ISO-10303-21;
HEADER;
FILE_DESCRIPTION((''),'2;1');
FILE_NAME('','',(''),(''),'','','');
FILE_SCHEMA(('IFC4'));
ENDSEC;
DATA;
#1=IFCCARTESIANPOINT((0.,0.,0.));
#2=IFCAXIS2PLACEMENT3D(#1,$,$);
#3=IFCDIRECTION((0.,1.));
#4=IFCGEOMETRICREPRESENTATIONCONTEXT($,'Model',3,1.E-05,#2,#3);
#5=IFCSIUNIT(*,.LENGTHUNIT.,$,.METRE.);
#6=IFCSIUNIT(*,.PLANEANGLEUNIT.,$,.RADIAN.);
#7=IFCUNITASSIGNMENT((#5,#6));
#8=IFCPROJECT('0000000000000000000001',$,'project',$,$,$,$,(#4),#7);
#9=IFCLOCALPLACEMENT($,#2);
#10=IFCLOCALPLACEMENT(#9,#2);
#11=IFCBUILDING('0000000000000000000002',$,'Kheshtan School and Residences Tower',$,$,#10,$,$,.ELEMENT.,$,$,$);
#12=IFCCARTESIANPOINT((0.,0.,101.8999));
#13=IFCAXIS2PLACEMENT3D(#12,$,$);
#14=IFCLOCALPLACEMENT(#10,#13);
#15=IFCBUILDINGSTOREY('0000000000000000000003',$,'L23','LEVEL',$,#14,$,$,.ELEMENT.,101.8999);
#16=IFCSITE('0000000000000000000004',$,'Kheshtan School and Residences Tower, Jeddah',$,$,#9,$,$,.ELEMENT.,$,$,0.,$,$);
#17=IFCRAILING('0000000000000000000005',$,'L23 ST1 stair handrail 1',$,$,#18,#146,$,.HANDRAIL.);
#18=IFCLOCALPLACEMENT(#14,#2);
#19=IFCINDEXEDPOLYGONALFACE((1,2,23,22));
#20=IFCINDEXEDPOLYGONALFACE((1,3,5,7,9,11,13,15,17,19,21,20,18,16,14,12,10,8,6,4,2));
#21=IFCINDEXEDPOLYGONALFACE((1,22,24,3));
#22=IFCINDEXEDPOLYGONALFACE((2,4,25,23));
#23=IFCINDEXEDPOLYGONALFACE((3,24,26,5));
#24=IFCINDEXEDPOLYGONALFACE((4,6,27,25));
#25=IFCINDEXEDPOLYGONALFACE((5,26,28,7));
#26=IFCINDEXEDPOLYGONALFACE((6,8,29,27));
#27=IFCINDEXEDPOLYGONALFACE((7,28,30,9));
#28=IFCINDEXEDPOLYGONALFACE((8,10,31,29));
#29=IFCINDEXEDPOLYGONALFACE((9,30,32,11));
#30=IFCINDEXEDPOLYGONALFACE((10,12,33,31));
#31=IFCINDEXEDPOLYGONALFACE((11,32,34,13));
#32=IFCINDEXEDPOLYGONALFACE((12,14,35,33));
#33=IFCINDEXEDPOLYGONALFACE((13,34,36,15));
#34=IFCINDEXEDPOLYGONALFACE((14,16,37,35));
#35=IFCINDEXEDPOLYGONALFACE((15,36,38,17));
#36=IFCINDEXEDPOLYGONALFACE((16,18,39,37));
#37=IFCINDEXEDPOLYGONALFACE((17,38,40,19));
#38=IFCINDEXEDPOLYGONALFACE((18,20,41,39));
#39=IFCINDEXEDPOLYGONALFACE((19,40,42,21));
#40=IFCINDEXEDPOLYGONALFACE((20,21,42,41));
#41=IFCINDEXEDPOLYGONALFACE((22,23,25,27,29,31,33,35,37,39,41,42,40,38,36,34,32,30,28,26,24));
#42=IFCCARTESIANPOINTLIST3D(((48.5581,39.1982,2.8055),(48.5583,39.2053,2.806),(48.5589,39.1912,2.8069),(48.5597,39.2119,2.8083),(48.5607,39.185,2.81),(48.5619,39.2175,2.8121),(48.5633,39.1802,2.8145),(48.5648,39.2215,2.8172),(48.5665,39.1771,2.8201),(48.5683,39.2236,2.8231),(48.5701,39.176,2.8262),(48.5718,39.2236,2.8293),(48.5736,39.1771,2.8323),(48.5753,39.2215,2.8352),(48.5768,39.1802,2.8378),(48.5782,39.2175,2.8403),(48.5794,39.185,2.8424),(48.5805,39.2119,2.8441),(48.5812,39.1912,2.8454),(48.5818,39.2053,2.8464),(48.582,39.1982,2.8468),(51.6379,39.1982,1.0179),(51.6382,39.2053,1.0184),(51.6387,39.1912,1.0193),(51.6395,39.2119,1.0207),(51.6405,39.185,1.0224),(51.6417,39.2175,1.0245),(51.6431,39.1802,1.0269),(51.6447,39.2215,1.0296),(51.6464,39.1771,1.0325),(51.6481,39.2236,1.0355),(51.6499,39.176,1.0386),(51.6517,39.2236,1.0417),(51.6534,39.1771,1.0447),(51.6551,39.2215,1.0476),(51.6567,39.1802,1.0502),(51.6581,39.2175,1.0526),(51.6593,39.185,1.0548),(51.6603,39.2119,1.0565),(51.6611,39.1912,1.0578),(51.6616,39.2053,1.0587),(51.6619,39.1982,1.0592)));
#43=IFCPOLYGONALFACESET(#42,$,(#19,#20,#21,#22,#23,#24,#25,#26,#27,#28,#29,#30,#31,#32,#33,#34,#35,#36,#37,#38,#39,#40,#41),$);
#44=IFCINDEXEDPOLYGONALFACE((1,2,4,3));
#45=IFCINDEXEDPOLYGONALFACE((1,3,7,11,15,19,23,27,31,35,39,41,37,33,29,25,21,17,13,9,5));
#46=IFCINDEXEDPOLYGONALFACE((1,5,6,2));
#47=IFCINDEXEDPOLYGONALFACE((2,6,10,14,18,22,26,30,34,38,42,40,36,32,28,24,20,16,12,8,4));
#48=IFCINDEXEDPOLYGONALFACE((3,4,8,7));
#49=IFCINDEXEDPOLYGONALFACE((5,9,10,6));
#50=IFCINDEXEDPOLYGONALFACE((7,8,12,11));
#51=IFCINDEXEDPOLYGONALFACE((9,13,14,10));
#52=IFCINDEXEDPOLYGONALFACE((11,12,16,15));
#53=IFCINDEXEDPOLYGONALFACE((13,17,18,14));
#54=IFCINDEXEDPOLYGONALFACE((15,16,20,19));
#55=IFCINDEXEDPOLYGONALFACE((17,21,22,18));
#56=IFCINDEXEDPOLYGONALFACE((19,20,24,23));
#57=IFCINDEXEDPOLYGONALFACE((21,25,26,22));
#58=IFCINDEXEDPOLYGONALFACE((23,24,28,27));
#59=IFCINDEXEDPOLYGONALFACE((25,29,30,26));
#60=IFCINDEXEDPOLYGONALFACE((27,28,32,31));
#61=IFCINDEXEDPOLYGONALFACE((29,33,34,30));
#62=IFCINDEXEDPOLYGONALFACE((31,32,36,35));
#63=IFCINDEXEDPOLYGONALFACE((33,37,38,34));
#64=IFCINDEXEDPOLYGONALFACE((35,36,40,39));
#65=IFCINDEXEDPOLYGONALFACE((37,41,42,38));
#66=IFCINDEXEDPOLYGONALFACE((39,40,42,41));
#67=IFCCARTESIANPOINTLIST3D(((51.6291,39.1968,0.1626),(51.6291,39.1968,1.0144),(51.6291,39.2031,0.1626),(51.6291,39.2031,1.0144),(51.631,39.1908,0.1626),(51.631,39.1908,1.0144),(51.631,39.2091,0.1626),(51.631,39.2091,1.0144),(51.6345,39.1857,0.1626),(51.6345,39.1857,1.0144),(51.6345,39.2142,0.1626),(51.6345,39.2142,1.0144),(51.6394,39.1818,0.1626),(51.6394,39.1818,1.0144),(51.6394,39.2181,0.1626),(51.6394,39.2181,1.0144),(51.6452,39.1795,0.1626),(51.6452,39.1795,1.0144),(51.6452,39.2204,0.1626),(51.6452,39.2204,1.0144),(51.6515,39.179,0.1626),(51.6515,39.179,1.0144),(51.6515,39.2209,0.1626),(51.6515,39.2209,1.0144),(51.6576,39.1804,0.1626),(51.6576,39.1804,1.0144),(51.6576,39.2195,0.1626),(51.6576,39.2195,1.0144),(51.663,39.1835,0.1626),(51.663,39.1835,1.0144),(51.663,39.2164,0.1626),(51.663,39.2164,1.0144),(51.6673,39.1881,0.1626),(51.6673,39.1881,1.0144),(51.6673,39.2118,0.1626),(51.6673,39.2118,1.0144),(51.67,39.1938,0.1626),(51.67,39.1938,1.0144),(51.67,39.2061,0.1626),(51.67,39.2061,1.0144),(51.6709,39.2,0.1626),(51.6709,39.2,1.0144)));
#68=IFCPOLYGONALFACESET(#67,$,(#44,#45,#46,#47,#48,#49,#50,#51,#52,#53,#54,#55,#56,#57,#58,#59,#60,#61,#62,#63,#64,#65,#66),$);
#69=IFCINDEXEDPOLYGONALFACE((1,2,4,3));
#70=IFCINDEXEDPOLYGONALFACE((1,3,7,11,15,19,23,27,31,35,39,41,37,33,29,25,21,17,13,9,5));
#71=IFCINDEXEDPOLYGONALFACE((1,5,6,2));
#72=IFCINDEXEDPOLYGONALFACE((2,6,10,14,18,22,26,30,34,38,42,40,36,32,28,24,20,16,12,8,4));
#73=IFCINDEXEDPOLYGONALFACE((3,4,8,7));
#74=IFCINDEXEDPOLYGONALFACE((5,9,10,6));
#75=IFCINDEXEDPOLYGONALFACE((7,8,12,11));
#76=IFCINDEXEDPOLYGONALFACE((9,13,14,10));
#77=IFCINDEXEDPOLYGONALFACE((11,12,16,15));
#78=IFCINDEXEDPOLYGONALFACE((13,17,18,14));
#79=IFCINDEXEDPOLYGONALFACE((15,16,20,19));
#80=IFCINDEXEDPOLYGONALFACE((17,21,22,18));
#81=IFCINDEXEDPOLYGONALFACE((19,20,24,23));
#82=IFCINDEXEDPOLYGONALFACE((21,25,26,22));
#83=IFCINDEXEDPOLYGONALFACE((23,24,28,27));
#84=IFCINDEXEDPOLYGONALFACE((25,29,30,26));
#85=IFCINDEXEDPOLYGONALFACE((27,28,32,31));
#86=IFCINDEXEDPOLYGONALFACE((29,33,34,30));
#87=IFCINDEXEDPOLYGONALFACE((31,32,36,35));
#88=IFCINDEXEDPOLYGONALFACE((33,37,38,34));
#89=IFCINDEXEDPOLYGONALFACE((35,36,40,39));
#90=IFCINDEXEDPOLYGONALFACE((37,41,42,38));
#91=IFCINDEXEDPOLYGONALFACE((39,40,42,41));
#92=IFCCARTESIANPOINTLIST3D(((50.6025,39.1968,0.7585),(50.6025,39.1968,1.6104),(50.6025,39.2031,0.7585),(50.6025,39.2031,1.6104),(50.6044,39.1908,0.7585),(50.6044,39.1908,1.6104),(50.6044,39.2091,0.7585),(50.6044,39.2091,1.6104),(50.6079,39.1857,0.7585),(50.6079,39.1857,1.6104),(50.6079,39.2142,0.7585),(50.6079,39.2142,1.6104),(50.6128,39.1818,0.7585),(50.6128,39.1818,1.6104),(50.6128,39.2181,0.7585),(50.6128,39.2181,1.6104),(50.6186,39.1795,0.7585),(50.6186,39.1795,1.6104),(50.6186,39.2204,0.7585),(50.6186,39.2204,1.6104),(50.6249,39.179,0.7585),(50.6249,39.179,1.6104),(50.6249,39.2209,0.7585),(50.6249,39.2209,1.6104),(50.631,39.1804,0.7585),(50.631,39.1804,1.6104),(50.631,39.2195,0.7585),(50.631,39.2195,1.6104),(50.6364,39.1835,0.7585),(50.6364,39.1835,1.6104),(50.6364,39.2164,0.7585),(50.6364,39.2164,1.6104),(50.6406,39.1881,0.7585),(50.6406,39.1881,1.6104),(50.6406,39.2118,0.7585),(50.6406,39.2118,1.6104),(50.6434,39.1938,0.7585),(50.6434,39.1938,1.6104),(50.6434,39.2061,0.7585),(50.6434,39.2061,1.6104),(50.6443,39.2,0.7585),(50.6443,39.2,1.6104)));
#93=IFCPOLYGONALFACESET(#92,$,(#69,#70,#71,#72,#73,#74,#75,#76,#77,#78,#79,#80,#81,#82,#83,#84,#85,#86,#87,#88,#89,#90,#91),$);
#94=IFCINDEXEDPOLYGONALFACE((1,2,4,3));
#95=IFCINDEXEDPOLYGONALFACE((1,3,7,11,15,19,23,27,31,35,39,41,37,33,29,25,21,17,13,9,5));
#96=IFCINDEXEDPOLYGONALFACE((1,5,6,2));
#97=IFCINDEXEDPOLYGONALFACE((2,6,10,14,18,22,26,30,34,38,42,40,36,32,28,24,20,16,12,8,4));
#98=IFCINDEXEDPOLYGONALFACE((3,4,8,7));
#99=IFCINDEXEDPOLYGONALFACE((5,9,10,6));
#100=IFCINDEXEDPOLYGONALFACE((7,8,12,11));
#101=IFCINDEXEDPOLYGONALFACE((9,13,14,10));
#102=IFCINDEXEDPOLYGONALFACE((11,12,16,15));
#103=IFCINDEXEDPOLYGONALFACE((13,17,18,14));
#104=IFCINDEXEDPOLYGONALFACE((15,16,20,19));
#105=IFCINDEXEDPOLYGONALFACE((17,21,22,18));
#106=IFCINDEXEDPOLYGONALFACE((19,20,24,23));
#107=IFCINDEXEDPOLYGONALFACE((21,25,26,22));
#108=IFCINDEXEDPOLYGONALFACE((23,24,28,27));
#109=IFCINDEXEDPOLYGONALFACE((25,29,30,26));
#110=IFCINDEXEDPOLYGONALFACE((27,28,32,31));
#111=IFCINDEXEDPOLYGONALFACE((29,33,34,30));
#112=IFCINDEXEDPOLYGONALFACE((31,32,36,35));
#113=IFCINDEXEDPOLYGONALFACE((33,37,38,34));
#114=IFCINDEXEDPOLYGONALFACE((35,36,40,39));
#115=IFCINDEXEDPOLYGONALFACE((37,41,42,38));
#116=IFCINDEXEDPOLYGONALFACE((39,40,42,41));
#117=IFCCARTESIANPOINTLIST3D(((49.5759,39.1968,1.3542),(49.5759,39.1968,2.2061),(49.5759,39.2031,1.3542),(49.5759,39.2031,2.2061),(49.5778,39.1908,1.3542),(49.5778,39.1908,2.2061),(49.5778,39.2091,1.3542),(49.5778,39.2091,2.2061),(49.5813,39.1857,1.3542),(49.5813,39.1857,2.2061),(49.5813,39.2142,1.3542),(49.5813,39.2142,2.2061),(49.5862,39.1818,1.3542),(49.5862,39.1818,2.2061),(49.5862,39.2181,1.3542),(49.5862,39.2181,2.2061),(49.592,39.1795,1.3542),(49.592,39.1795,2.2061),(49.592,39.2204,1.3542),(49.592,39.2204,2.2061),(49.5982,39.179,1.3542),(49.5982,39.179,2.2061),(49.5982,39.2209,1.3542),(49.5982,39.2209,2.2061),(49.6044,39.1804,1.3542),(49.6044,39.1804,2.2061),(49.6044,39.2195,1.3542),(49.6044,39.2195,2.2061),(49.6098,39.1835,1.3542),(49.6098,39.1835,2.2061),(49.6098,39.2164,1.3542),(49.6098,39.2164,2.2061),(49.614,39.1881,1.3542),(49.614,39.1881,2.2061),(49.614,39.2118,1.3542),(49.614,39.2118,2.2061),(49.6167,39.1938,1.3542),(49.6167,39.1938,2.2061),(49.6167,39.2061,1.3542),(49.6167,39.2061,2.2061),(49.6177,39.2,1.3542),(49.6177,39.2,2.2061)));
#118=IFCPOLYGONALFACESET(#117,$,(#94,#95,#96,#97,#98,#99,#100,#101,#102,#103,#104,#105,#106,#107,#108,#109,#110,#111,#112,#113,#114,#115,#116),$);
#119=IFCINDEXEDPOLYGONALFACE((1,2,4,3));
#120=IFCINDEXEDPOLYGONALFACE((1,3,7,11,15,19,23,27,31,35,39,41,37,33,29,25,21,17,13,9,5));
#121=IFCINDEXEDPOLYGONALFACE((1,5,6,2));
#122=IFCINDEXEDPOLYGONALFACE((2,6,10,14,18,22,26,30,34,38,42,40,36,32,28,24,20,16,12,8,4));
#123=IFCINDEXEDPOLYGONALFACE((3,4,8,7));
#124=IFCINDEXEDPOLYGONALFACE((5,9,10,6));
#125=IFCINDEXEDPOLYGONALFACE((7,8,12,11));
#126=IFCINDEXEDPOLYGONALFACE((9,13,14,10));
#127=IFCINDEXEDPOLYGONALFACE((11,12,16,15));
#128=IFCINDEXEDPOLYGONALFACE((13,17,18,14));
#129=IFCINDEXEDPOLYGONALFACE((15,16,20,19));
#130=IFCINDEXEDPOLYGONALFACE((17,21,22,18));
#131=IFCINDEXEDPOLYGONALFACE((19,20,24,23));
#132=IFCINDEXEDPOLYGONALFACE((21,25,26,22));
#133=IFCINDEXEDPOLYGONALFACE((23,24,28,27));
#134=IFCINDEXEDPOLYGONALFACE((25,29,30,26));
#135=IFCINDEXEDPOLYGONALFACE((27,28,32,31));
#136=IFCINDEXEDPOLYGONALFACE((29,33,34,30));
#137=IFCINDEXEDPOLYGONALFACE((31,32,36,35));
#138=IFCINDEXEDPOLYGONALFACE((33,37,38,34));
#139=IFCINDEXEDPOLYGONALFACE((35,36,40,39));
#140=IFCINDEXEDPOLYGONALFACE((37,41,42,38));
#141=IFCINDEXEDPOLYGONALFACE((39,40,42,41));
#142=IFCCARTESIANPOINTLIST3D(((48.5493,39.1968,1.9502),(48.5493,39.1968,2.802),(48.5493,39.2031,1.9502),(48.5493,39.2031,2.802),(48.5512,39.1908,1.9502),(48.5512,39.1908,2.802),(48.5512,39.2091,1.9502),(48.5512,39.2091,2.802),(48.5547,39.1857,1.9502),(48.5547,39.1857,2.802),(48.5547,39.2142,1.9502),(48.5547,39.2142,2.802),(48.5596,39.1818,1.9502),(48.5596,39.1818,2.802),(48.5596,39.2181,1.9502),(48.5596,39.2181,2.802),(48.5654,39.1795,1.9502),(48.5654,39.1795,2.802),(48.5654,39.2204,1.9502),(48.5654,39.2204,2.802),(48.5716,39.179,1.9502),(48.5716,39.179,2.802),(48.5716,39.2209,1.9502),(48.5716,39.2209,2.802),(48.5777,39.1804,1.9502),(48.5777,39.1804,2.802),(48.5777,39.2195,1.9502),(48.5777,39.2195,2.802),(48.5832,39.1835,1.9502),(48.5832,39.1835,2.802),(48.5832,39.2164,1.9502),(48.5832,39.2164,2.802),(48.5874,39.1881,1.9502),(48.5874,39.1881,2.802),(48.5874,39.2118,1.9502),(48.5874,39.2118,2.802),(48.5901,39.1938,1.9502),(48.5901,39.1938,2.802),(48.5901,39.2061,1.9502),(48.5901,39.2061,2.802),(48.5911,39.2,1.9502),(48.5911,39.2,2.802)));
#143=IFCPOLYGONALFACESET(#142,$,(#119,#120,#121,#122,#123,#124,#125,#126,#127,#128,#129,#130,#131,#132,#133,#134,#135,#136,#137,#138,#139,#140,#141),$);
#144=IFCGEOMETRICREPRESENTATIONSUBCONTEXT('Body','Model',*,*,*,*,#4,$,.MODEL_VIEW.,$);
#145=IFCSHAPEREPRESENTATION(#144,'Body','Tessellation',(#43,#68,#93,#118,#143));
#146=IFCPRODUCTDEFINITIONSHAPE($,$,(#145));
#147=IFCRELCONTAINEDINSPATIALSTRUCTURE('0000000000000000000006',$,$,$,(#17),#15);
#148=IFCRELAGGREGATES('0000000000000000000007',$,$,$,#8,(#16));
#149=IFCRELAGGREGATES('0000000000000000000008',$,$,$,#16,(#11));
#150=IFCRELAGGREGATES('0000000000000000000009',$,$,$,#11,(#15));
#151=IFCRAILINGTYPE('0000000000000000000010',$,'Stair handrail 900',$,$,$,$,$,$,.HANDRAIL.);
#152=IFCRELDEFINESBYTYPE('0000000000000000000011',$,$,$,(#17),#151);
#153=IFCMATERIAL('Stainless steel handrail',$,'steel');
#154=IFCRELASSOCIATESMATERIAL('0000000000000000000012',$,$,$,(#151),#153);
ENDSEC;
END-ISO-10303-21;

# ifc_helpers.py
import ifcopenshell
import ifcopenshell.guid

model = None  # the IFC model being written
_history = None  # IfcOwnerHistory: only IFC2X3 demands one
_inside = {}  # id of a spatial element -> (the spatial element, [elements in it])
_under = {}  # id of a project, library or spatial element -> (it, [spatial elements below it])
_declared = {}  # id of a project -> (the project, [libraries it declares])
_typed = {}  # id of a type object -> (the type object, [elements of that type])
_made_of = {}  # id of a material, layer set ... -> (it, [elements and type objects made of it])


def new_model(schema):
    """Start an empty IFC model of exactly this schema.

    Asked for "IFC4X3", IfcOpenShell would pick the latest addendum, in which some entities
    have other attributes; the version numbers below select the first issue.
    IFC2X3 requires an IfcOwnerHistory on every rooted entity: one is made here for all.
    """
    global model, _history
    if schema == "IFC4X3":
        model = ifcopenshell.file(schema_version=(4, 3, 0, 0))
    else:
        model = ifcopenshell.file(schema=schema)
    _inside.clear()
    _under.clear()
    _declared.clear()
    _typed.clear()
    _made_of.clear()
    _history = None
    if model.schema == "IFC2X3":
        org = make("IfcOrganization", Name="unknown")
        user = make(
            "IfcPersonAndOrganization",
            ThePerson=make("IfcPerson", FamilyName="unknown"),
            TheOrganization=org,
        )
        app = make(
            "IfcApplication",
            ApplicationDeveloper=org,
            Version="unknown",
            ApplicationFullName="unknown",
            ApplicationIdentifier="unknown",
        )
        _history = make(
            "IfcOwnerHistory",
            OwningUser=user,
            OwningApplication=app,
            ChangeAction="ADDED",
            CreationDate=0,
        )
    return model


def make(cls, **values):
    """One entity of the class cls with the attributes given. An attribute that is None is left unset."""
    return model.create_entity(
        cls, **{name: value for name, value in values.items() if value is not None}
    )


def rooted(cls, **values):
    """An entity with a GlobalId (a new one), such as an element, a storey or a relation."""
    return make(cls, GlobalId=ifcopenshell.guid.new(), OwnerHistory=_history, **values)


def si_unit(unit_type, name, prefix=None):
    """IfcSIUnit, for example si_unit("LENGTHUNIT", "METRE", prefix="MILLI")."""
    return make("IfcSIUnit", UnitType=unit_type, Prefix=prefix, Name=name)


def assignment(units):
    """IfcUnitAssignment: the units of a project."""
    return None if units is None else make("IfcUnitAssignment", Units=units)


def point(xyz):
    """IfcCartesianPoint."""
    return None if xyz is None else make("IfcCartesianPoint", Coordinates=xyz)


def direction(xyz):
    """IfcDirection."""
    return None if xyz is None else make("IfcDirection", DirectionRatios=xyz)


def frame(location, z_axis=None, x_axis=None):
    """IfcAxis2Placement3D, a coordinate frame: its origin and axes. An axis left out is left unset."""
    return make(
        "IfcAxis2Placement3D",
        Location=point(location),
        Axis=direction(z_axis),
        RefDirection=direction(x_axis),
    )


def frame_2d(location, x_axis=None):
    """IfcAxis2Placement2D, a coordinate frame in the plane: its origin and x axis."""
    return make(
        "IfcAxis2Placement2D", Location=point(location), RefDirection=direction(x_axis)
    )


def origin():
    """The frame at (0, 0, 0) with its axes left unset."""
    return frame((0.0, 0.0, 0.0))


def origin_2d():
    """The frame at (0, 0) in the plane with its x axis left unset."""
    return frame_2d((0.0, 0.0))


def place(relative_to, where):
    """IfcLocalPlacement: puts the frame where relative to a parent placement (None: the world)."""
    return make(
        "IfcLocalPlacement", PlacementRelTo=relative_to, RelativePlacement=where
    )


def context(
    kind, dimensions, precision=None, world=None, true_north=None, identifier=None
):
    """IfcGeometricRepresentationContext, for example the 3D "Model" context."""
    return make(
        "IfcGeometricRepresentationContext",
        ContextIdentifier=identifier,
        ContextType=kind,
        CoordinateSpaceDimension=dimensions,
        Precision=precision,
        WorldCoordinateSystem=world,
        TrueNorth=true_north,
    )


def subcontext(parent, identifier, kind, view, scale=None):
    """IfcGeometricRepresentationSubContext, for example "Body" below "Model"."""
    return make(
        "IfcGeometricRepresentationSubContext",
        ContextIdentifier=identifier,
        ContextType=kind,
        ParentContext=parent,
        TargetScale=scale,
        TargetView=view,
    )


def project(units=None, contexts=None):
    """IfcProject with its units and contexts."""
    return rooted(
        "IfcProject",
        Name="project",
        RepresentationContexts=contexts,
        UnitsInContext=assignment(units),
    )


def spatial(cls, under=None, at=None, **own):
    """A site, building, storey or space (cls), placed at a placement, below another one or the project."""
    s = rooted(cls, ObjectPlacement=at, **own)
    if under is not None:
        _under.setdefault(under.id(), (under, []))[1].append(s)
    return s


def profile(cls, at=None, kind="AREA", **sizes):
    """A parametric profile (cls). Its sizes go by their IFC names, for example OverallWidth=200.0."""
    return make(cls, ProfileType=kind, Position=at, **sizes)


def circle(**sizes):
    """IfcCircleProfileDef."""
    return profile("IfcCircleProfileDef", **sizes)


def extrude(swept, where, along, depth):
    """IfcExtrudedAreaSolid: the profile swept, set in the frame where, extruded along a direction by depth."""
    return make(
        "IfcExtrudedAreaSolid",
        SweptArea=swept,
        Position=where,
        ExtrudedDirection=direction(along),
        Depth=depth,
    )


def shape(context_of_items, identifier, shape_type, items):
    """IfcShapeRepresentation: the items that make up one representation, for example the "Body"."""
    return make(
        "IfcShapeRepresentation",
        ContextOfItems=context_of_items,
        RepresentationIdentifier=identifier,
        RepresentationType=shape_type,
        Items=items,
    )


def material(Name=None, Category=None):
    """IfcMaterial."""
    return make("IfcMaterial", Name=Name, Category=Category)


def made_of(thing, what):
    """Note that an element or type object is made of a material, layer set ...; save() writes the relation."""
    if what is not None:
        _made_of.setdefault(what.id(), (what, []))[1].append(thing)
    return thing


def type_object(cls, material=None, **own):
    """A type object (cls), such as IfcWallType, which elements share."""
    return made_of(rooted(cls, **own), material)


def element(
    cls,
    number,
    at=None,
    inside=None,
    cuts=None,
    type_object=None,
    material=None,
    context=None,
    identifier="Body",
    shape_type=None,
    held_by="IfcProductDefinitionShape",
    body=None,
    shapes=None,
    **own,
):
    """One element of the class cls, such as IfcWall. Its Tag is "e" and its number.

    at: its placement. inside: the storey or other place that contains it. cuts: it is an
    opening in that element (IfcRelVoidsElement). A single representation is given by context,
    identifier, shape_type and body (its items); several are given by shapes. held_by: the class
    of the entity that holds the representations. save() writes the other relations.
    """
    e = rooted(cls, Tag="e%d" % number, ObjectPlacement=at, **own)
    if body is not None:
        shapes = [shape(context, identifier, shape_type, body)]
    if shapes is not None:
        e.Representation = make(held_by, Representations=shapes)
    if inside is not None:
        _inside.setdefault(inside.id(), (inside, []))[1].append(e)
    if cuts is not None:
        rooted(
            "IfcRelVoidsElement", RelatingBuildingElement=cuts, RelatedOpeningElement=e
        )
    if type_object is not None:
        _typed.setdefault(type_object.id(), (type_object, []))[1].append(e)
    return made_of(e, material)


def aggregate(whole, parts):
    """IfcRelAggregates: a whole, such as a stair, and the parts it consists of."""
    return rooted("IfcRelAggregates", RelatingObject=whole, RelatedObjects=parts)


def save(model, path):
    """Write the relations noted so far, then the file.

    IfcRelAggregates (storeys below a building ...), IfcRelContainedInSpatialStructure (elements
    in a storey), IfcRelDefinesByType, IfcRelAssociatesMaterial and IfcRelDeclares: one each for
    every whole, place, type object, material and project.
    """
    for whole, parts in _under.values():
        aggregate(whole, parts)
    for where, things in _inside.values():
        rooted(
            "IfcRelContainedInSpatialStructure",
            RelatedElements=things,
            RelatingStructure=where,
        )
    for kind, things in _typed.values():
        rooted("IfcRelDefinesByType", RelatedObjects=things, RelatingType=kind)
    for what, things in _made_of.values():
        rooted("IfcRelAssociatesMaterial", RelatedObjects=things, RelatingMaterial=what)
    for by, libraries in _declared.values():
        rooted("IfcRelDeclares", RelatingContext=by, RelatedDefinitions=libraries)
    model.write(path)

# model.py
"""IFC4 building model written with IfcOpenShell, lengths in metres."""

from ifc_helpers import new_model, si_unit, direction, frame, origin, origin_2d, place, context, subcontext, project, spatial, circle, extrude, material, type_object, element, save


model = new_model("IFC4")

# Units and contexts
model_context = context("Model", 3, precision=1e-05, world=origin(), true_north=direction((0.0, 1.0)))
body_context = subcontext(model_context, "Body", "Model", "MODEL_VIEW")
ifc_project = project(units=[si_unit("LENGTHUNIT", "METRE"), si_unit("PLANEANGLEUNIT", "RADIAN")], contexts=[model_context])

# Site, building, storey
site_placement = place(None, origin())
site = spatial("IfcSite", under=ifc_project, at=site_placement, Name="Kheshtan School and Residences Tower, Jeddah", CompositionType="ELEMENT", RefElevation=0.0)
building_placement = place(site_placement, origin())
building = spatial("IfcBuilding", under=site, at=building_placement, Name="Kheshtan School and Residences Tower", CompositionType="ELEMENT")
storey_placement = place(building_placement, frame((0.0, 0.0, 101.8999)))
storey = spatial("IfcBuildingStorey", under=building, at=storey_placement, Name="L23", Description="LEVEL", CompositionType="ELEMENT", Elevation=101.8999)

# Railing
ifc_material_1 = material(Name="Stainless steel handrail", Category="steel")
railing_type_1 = type_object("IfcRailingType", Name="Stair handrail 900", PredefinedType="HANDRAIL", material=ifc_material_1)
railing_1_placement = place(storey_placement, frame((51.6499, 39.2, 0.1626)))
element("IfcRailing", 1, at=railing_1_placement, inside=storey, type_object=railing_type_1, Name="L23 ST1 stair handrail 1", PredefinedType="HANDRAIL", context=body_context, shape_type="SweptSolid", body=[
    extrude(circle(Radius=0.0239, at=origin_2d()), frame((0.0, 0.0, 0.876), z_axis=(-0.864873, 0.0, 0.50199), x_axis=(0.0, -1.0, 0.0)), (0.0, 0.0, 1.0), 3.561),
    extrude(circle(Radius=0.021, at=origin_2d()), origin(), (0.0, 0.0, 1.0), 0.8518),
    extrude(circle(Radius=0.021, at=origin_2d()), frame((-1.0266, 0.0, 0.5959)), (0.0, 0.0, 1.0), 0.8518),
    extrude(circle(Radius=0.021, at=origin_2d()), frame((-2.0532, 0.0, 1.1917)), (0.0, 0.0, 1.0), 0.8518),
    extrude(circle(Radius=0.021, at=origin_2d()), frame((-3.0798, 0.0, 1.7876)), (0.0, 0.0, 1.0), 0.8518),
])

save(model, "model.ifc")
